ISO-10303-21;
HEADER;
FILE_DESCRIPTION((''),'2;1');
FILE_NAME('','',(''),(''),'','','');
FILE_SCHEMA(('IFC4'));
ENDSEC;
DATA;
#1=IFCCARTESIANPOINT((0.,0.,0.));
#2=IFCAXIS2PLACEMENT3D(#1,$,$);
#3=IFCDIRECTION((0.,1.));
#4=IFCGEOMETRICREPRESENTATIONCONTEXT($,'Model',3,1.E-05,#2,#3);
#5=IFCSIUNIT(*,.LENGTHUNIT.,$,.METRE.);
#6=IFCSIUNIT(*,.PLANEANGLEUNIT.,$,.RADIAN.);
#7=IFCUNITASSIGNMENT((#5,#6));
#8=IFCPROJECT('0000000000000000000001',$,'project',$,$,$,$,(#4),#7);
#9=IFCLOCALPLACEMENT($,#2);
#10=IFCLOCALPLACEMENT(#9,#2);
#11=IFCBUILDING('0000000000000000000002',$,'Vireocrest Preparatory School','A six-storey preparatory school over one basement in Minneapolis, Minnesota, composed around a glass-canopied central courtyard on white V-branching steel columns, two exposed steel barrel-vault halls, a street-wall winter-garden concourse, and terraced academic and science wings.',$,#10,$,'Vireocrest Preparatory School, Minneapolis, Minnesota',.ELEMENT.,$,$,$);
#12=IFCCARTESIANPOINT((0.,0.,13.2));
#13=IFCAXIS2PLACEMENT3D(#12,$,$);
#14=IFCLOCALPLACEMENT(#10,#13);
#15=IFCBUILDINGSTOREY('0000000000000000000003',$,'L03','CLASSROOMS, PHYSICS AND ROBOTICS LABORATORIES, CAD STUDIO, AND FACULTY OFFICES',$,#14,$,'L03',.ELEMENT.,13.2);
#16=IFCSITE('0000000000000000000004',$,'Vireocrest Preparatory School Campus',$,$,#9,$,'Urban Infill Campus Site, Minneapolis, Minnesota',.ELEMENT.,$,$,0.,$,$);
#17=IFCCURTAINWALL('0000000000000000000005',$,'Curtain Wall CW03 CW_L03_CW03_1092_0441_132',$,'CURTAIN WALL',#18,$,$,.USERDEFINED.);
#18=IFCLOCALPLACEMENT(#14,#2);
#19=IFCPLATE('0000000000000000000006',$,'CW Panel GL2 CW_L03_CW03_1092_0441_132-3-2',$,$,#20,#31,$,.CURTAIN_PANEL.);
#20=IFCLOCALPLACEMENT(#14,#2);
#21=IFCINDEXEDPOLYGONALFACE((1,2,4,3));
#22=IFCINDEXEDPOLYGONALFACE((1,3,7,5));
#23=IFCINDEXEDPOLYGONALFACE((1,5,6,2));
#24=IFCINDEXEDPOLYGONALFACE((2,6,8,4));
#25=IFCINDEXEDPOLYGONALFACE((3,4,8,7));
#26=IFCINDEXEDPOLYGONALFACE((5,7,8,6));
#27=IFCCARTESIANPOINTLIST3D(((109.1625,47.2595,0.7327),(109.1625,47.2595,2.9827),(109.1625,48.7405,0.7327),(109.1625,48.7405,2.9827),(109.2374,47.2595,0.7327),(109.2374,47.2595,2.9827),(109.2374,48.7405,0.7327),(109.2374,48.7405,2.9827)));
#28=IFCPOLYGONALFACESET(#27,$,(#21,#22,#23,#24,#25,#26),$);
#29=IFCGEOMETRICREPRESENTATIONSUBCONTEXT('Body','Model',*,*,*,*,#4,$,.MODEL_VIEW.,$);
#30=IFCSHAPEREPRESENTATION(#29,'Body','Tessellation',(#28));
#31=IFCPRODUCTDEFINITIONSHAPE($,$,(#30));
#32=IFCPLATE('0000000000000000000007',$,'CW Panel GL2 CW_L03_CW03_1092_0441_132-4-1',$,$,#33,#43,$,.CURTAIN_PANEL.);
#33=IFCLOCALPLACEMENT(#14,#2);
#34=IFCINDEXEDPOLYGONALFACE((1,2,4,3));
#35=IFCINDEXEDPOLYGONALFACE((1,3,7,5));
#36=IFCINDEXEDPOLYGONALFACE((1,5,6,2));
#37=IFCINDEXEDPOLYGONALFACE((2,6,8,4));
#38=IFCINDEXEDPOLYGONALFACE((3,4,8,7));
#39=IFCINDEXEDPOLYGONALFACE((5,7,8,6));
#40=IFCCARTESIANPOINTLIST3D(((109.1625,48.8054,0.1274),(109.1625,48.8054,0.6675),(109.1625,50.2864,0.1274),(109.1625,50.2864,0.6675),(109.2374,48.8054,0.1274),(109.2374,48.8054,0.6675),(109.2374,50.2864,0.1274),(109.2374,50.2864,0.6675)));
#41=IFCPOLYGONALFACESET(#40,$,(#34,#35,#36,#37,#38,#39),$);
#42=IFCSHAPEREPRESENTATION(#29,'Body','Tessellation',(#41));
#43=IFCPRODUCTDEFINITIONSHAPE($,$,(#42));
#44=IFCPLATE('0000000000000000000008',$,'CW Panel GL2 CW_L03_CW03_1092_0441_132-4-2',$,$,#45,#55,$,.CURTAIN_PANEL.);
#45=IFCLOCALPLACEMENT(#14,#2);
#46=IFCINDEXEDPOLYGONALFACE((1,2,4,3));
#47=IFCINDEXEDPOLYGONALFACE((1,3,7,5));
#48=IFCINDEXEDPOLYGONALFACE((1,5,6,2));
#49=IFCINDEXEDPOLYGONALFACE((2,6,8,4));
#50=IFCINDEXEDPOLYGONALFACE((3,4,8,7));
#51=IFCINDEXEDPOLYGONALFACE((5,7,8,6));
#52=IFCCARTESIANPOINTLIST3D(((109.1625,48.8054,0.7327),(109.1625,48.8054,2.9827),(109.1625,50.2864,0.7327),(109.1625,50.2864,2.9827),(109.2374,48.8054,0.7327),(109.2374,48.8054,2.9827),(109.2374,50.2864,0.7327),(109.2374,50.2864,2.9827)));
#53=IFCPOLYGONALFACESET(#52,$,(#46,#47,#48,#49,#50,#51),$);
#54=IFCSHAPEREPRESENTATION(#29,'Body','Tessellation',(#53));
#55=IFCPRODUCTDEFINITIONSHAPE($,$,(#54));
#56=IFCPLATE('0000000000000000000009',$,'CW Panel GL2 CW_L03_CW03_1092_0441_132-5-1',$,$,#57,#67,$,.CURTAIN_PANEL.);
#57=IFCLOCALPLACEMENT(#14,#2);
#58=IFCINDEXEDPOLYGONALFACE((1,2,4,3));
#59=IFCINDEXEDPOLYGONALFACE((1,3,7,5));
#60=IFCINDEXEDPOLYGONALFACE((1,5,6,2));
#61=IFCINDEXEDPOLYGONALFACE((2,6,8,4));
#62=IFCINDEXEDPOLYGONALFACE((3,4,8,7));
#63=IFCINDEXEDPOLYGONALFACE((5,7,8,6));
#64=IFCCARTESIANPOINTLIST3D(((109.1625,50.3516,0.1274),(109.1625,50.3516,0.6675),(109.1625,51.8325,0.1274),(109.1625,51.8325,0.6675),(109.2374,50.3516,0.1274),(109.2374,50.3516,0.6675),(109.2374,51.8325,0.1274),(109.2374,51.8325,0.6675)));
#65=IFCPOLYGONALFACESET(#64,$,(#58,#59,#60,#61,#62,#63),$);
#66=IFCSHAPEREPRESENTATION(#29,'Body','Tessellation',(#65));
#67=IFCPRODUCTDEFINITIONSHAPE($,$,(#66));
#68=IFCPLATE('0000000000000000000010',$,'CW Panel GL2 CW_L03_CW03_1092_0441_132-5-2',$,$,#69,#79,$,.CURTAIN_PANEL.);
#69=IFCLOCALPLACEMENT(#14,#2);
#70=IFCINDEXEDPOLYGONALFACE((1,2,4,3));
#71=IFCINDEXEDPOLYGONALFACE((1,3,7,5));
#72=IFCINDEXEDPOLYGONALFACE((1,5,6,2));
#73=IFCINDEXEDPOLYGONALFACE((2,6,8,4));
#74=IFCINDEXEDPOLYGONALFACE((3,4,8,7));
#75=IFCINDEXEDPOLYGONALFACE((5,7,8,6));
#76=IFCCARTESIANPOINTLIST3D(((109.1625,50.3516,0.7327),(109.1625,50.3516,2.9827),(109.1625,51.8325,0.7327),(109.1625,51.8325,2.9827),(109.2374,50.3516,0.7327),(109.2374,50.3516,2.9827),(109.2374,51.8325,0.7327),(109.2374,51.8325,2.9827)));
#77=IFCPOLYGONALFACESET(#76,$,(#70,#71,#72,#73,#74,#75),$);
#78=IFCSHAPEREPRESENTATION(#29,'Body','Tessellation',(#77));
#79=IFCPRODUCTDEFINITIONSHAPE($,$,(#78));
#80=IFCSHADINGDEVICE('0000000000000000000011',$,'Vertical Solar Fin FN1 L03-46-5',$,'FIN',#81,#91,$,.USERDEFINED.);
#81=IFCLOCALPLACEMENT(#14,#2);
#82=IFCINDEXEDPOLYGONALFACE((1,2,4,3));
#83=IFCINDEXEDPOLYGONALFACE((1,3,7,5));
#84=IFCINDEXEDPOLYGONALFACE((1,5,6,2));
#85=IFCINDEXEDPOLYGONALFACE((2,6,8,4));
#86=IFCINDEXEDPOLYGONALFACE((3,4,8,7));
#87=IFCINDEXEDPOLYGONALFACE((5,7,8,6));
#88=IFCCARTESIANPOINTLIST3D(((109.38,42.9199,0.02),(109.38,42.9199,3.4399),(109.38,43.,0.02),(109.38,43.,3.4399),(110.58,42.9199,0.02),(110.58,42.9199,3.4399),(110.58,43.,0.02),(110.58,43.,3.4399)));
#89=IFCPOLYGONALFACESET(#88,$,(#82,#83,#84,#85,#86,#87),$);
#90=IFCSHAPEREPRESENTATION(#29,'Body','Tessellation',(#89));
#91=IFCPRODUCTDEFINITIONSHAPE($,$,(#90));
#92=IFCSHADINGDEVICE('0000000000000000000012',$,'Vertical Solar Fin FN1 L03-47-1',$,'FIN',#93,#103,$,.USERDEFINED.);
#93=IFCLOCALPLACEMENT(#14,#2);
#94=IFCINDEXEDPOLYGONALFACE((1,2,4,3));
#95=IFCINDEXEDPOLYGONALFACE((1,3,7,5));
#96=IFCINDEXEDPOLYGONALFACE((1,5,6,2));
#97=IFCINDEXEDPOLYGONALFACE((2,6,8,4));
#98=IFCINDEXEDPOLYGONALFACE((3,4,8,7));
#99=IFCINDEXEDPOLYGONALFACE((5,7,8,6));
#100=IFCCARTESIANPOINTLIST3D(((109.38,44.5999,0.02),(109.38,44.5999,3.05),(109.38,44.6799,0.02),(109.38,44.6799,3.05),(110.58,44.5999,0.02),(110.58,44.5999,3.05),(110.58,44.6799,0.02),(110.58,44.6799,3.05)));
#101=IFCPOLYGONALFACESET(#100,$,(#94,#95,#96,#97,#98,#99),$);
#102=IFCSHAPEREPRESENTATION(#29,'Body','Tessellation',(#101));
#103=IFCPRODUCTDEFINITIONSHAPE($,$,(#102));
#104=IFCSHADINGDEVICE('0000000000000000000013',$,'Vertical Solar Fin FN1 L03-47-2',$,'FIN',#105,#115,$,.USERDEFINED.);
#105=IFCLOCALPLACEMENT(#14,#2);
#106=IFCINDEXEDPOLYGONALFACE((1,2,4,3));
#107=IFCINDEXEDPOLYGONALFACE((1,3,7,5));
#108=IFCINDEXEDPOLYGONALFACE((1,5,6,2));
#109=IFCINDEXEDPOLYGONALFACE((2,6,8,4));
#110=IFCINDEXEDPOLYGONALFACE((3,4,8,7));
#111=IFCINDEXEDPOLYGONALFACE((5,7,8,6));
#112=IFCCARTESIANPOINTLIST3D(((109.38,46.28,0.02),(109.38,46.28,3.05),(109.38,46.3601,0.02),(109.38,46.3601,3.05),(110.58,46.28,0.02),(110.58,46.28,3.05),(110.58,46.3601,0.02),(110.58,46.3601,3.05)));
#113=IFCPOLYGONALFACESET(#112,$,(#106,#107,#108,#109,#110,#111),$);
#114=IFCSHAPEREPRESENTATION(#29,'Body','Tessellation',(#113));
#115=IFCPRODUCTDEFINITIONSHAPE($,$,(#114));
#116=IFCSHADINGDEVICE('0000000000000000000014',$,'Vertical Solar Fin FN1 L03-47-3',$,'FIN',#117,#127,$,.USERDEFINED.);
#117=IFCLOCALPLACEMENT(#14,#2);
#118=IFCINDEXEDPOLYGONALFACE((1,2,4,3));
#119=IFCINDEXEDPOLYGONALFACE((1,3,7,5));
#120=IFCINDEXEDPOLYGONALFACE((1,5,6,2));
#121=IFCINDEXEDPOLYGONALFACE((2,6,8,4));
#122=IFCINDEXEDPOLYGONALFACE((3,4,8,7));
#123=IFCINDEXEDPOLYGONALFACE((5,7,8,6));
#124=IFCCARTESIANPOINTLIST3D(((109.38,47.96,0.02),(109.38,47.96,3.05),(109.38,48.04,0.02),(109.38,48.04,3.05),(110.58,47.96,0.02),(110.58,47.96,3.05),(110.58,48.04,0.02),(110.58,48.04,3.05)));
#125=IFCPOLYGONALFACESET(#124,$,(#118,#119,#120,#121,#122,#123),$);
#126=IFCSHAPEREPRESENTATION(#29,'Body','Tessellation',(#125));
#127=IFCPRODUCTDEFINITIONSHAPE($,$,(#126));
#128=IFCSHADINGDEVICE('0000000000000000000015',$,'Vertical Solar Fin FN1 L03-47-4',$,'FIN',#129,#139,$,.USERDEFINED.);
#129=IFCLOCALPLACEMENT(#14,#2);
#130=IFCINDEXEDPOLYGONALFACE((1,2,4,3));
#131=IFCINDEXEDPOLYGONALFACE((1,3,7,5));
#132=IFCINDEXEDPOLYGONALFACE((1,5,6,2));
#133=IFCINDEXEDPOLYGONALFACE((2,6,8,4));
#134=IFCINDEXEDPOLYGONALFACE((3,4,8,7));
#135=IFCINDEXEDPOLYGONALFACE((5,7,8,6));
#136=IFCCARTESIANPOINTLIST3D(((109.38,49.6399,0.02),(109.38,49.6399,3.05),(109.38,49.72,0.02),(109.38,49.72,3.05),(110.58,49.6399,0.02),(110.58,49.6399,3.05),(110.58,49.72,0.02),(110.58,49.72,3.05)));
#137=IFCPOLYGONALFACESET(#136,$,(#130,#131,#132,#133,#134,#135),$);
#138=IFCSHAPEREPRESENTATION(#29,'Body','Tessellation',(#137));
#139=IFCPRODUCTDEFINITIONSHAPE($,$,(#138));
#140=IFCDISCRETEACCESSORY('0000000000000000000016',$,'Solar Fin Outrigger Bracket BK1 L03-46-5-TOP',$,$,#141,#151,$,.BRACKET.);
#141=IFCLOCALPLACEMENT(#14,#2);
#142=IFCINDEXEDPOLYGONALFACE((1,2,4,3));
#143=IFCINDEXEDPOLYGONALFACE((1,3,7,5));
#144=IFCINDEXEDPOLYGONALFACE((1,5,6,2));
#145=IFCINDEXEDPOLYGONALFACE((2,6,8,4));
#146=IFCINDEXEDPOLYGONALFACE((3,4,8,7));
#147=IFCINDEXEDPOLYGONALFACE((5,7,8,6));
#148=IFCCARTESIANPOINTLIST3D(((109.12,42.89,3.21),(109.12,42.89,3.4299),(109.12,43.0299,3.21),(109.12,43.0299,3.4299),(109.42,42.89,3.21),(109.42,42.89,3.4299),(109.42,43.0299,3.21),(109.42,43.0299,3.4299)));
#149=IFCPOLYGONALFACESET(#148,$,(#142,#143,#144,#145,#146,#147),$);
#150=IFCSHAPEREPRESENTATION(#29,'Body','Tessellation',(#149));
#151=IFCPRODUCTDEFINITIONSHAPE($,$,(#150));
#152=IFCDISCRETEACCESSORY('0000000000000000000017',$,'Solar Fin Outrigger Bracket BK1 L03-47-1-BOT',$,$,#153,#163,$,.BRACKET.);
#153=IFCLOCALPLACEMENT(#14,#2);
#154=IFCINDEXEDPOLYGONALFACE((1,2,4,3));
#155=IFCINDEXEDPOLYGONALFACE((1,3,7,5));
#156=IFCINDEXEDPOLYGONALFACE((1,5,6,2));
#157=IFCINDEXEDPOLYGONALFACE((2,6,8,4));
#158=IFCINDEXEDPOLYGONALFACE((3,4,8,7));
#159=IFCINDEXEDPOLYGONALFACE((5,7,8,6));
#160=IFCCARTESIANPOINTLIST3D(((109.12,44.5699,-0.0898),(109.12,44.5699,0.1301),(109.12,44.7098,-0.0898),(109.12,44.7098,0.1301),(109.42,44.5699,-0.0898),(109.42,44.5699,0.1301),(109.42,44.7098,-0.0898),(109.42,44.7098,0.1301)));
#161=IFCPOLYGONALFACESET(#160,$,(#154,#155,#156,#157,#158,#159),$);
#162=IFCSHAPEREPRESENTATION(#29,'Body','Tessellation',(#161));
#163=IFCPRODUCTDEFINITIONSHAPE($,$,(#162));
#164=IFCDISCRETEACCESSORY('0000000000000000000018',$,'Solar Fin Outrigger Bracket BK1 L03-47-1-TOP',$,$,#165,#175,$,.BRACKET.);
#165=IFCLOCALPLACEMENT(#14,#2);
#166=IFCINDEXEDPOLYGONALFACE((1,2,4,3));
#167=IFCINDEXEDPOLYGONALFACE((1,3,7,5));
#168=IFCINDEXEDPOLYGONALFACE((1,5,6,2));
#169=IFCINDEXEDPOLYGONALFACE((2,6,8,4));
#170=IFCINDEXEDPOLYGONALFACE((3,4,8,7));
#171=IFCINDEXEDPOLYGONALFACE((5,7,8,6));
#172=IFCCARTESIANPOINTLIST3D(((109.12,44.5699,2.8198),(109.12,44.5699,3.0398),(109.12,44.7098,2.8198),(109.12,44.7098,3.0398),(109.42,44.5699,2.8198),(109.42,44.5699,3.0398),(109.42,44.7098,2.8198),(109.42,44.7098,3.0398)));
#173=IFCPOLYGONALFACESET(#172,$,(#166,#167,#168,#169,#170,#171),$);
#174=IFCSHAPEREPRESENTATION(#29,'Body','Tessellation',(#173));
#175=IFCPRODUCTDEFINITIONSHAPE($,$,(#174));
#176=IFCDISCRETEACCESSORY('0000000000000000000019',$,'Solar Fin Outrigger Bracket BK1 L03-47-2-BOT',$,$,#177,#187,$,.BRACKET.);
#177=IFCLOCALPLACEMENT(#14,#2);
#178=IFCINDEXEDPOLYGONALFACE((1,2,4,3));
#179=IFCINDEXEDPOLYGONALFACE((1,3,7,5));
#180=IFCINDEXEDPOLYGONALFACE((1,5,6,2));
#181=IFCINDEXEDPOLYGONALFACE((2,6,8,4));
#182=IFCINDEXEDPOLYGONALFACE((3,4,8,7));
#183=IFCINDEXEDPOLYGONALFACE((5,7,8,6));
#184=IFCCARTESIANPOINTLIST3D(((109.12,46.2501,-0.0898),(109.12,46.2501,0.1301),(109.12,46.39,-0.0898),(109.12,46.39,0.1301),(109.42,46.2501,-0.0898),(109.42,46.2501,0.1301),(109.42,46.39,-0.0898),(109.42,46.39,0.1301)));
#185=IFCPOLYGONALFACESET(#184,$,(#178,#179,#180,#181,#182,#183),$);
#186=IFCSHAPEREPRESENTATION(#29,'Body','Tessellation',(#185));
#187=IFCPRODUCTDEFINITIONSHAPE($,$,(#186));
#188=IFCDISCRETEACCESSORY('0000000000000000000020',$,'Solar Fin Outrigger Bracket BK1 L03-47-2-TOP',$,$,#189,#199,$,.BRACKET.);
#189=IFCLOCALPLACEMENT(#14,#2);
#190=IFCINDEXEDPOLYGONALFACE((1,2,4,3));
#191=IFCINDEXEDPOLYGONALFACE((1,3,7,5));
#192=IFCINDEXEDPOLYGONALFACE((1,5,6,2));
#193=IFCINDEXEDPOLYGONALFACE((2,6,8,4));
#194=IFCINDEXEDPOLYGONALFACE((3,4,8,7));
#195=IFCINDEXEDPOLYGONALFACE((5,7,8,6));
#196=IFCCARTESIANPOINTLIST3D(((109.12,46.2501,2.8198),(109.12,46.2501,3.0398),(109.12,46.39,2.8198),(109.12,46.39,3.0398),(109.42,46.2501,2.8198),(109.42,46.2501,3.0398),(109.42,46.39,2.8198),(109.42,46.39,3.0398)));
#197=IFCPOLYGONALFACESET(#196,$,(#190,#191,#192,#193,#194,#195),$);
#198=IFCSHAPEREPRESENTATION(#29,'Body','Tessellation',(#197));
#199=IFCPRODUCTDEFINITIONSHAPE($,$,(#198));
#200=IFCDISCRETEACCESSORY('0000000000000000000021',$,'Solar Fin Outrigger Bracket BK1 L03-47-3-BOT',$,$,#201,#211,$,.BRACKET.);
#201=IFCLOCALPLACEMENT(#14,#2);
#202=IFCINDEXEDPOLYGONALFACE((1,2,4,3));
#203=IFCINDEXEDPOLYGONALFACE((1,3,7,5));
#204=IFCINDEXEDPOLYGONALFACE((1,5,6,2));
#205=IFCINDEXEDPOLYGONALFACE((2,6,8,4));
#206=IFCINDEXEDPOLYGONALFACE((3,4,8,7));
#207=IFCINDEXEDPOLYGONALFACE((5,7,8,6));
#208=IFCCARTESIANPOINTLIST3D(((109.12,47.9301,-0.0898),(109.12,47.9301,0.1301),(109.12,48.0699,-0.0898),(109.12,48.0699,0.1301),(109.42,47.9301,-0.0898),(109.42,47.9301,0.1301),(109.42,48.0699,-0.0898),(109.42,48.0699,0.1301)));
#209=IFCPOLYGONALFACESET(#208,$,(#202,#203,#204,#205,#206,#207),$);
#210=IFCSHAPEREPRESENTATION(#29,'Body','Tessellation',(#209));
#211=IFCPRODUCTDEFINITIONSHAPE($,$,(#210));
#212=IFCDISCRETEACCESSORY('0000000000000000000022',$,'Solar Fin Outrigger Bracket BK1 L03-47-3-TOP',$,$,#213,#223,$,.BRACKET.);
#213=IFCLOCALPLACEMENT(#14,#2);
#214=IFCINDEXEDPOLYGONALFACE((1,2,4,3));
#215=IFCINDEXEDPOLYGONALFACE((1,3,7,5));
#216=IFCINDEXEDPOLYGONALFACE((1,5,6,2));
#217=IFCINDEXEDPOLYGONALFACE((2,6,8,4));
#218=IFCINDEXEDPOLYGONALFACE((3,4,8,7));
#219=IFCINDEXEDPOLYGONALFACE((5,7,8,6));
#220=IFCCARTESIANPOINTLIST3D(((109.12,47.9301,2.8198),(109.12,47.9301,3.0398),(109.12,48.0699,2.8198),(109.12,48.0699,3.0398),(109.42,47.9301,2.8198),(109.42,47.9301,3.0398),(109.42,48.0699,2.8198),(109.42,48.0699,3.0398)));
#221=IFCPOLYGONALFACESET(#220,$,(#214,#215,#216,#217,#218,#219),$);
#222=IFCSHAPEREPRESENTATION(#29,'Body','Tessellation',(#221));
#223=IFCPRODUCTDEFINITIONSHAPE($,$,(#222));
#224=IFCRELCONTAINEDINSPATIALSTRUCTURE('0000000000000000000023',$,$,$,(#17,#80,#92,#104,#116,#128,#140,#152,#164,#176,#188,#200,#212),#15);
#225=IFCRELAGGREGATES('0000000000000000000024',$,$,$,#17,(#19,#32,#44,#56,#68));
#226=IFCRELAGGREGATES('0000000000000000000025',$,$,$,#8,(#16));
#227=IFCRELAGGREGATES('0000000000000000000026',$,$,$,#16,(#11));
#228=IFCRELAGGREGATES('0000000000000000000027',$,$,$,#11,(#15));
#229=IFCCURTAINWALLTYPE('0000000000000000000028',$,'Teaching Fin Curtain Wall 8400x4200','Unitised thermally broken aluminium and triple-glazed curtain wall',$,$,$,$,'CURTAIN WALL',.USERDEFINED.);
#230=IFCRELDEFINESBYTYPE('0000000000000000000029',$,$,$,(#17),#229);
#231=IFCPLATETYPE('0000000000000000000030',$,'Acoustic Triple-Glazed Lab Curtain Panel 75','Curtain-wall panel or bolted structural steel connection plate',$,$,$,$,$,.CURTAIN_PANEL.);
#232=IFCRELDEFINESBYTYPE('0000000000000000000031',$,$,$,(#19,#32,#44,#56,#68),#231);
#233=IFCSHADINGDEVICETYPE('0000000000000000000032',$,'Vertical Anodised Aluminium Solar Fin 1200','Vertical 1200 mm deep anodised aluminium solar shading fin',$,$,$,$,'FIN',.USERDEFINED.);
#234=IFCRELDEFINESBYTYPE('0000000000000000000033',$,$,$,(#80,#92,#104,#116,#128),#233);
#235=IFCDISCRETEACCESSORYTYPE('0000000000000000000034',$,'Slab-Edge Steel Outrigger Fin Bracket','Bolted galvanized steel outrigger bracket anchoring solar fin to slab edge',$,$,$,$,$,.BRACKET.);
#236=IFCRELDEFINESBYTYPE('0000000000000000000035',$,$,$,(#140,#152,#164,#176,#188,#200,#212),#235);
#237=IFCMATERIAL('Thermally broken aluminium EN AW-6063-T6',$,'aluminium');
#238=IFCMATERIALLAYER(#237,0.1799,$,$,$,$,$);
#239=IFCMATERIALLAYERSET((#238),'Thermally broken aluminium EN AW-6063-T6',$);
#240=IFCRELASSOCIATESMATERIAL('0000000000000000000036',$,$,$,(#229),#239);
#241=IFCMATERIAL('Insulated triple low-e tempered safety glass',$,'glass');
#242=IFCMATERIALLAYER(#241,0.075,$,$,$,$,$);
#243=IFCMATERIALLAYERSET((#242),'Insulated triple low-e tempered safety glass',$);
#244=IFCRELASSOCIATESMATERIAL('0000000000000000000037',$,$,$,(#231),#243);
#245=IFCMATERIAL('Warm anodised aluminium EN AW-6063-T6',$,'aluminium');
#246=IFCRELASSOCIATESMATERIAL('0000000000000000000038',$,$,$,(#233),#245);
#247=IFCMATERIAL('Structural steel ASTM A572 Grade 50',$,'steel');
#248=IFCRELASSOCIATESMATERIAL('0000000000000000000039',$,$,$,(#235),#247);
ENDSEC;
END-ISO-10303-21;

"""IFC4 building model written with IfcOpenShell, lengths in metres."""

from ifc_helpers import new_model, si_unit, direction, frame, origin, origin_2d, place, context, subcontext, project, spatial, rectangle, extrude, material, layer, layer_set, material_profile, profile_set, type_object, element, aggregate, save


model = new_model("IFC4")

# Units and contexts
model_context = context("Model", 3, precision=1e-05, world=origin(), true_north=direction((0.0, 1.0)))
body_context = subcontext(model_context, "Body", "Model", "MODEL_VIEW")
ifc_project = project(units=[si_unit("LENGTHUNIT", "METRE"), si_unit("PLANEANGLEUNIT", "RADIAN")], contexts=[model_context])

# Site, building, storey
site_placement = place(None, origin())
site = spatial("IfcSite", under=ifc_project, at=site_placement, Name="Vireocrest Preparatory School Campus", LongName="Urban Infill Campus Site, Minneapolis, Minnesota", CompositionType="ELEMENT", RefElevation=0.0)
building_placement = place(site_placement, origin())
building = spatial("IfcBuilding", under=site, at=building_placement, Name="Vireocrest Preparatory School", Description="A six-storey preparatory school over one basement in Minneapolis, Minnesota, composed around a glass-canopied central courtyard on white V-branching steel columns, two exposed steel barrel-vault halls, a street-wall winter-garden concourse, and terraced academic and science wings.", LongName="Vireocrest Preparatory School, Minneapolis, Minnesota", CompositionType="ELEMENT")
storey_placement = place(building_placement, frame((0.0, 0.0, 13.2)))
storey = spatial("IfcBuildingStorey", under=building, at=storey_placement, Name="L03", Description="CLASSROOMS, PHYSICS AND ROBOTICS LABORATORIES, CAD STUDIO, AND FACULTY OFFICES", LongName="L03", CompositionType="ELEMENT", Elevation=13.2)

# Curtain wall, plates
ifc_material_1 = material(Name="Thermally broken aluminium EN AW-6063-T6", Category="aluminium")
ifc_layer_1 = layer(ifc_material_1, 0.1799)
ifc_layer_set_1 = layer_set([ifc_layer_1], Name="Thermally broken aluminium EN AW-6063-T6")
curtain_wall_type = type_object("IfcCurtainWallType", Name="Teaching Fin Curtain Wall 8400x4200", Description="Unitised thermally broken aluminium and triple-glazed curtain wall", ElementType="CURTAIN WALL", PredefinedType="USERDEFINED", material=ifc_layer_set_1)
curtain_wall_placement = place(storey_placement, origin())
curtain_wall = element("IfcCurtainWall", 1, at=curtain_wall_placement, inside=storey, type_object=curtain_wall_type, Name="Curtain Wall CW03 CW_L03_CW03_1092_0441_132", ObjectType="CURTAIN WALL", PredefinedType="USERDEFINED")
ifc_material_2 = material(Name="Insulated triple low-e tempered safety glass", Category="glass")
ifc_layer_2 = layer(ifc_material_2, 0.075)
ifc_layer_set_2 = layer_set([ifc_layer_2], Name="Insulated triple low-e tempered safety glass")
plate_type = type_object("IfcPlateType", Name="Acoustic Triple-Glazed Lab Curtain Panel 75", Description="Curtain-wall panel or bolted structural steel connection plate", PredefinedType="CURTAIN_PANEL", material=ifc_layer_set_2)
plate_1_placement = place(storey_placement, frame((109.2, 48.0, 0.7327), z_axis=(0.0, 0.0, 1.0), x_axis=(0.0, 1.0, 0.0)))
plate_1 = element("IfcPlate", 2, at=plate_1_placement, type_object=plate_type, Name="CW Panel GL2 CW_L03_CW03_1092_0441_132-3-2", PredefinedType="CURTAIN_PANEL", context=body_context, shape_type="SweptSolid", body=[
    extrude(rectangle(XDim=1.481, YDim=0.075, at=origin_2d()), origin(), (0.0, 0.0, 1.0), 2.25),
])
plate_2_placement = place(storey_placement, frame((109.2, 49.5459, 0.1274), z_axis=(0.0, 0.0, 1.0), x_axis=(0.0, 1.0, 0.0)))
plate_2 = element("IfcPlate", 3, at=plate_2_placement, type_object=plate_type, Name="CW Panel GL2 CW_L03_CW03_1092_0441_132-4-1", PredefinedType="CURTAIN_PANEL", context=body_context, shape_type="SweptSolid", body=[
    extrude(rectangle(XDim=1.481, YDim=0.075, at=origin_2d()), origin(), (0.0, 0.0, 1.0), 0.54),
])
plate_3_placement = place(storey_placement, frame((109.2, 49.5459, 0.7327), z_axis=(0.0, 0.0, 1.0), x_axis=(0.0, 1.0, 0.0)))
plate_3 = element("IfcPlate", 4, at=plate_3_placement, type_object=plate_type, Name="CW Panel GL2 CW_L03_CW03_1092_0441_132-4-2", PredefinedType="CURTAIN_PANEL", context=body_context, shape_type="SweptSolid", body=[
    extrude(rectangle(XDim=1.481, YDim=0.075, at=origin_2d()), origin(), (0.0, 0.0, 1.0), 2.25),
])
plate_4_placement = place(storey_placement, frame((109.2, 51.092, 0.1274), z_axis=(0.0, 0.0, 1.0), x_axis=(0.0, 1.0, 0.0)))
plate_4 = element("IfcPlate", 5, at=plate_4_placement, type_object=plate_type, Name="CW Panel GL2 CW_L03_CW03_1092_0441_132-5-1", PredefinedType="CURTAIN_PANEL", context=body_context, shape_type="SweptSolid", body=[
    extrude(rectangle(XDim=1.481, YDim=0.075, at=origin_2d()), origin(), (0.0, 0.0, 1.0), 0.54),
])
plate_5_placement = place(storey_placement, frame((109.2, 51.092, 0.7327), z_axis=(0.0, 0.0, 1.0), x_axis=(0.0, 1.0, 0.0)))
plate_5 = element("IfcPlate", 6, at=plate_5_placement, type_object=plate_type, Name="CW Panel GL2 CW_L03_CW03_1092_0441_132-5-2", PredefinedType="CURTAIN_PANEL", context=body_context, shape_type="SweptSolid", body=[
    extrude(rectangle(XDim=1.481, YDim=0.075, at=origin_2d()), origin(), (0.0, 0.0, 1.0), 2.25),
])
aggregate(curtain_wall, [plate_1, plate_2, plate_3, plate_4, plate_5])

# Shading devices
ifc_material_3 = material(Name="Warm anodised aluminium EN AW-6063-T6", Category="aluminium")
ifc_material_profile_1 = material_profile(ifc_material_3, rectangle(XDim=0.0801, YDim=1.2, at=origin_2d()), Name="FIN 80x1200")
ifc_profile_set_1 = profile_set([ifc_material_profile_1], Name="Warm anodised aluminium EN AW-6063-T6")
shading_device_type = type_object("IfcShadingDeviceType", Name="Vertical Anodised Aluminium Solar Fin 1200", Description="Vertical 1200 mm deep anodised aluminium solar shading fin", ElementType="FIN", PredefinedType="USERDEFINED", material=ifc_profile_set_1)
shading_device_placement = place(storey_placement, frame((109.98, 42.96, 0.02), z_axis=(0.0, 0.0, 1.0), x_axis=(0.0, -1.0, 0.0)))
element("IfcShadingDevice", 7, at=shading_device_placement, inside=storey, type_object=shading_device_type, Name="Vertical Solar Fin FN1 L03-46-5", ObjectType="FIN", PredefinedType="USERDEFINED", context=body_context, shape_type="SweptSolid", body=[
    extrude(rectangle(XDim=0.0801, YDim=1.2, at=origin_2d()), origin(), (0.0, 0.0, 1.0), 3.4199),
])
for number, where, z_axis, x_axis, name in (
    (8, (109.98, 44.6399, 0.02), (0.0, 0.0, 1.0), (0.0, -1.0, 0.0), "Vertical Solar Fin FN1 L03-47-1"),
    (9, (109.98, 46.3201, 0.02), (0.0, 0.0, 1.0), (0.0, -1.0, 0.0), "Vertical Solar Fin FN1 L03-47-2"),
    (10, (109.98, 48.0, 0.02), (0.0, 0.0, 1.0), (0.0, -1.0, 0.0), "Vertical Solar Fin FN1 L03-47-3"),
    (11, (109.98, 49.6799, 0.02), (0.0, 0.0, 1.0), (0.0, -1.0, 0.0), "Vertical Solar Fin FN1 L03-47-4"),
):
    element("IfcShadingDevice", number, at=place(storey_placement, frame(where, z_axis=z_axis, x_axis=x_axis)), inside=storey, type_object=shading_device_type, Name=name, ObjectType="FIN", PredefinedType="USERDEFINED", context=body_context, shape_type="SweptSolid", body=[
        extrude(rectangle(XDim=0.0801, YDim=1.2, at=origin_2d()), origin(), (0.0, 0.0, 1.0), 3.03),
    ])

# Discrete accessories
ifc_material_4 = material(Name="Structural steel ASTM A572 Grade 50", Category="steel")
discrete_accessory_type = type_object("IfcDiscreteAccessoryType", Name="Slab-Edge Steel Outrigger Fin Bracket", Description="Bolted galvanized steel outrigger bracket anchoring solar fin to slab edge", PredefinedType="BRACKET", material=ifc_material_4)
for number, where, z_axis, x_axis, name in (
    (12, (109.27, 42.96, 3.21), (0.0, 0.0, 1.0), (0.0, -1.0, 0.0), "Solar Fin Outrigger Bracket BK1 L03-46-5-TOP"),
    (13, (109.27, 44.6399, -0.0898), (0.0, 0.0, 1.0), (0.0, -1.0, 0.0), "Solar Fin Outrigger Bracket BK1 L03-47-1-BOT"),
    (14, (109.27, 44.6399, 2.8198), (0.0, 0.0, 1.0), (0.0, -1.0, 0.0), "Solar Fin Outrigger Bracket BK1 L03-47-1-TOP"),
    (15, (109.27, 46.3201, -0.0898), (0.0, 0.0, 1.0), (0.0, -1.0, 0.0), "Solar Fin Outrigger Bracket BK1 L03-47-2-BOT"),
    (16, (109.27, 46.3201, 2.8198), (0.0, 0.0, 1.0), (0.0, -1.0, 0.0), "Solar Fin Outrigger Bracket BK1 L03-47-2-TOP"),
    (17, (109.27, 48.0, -0.0898), (0.0, 0.0, 1.0), (0.0, -1.0, 0.0), "Solar Fin Outrigger Bracket BK1 L03-47-3-BOT"),
    (18, (109.27, 48.0, 2.8198), (0.0, 0.0, 1.0), (0.0, -1.0, 0.0), "Solar Fin Outrigger Bracket BK1 L03-47-3-TOP"),
):
    element("IfcDiscreteAccessory", number, at=place(storey_placement, frame(where, z_axis=z_axis, x_axis=x_axis)), inside=storey, type_object=discrete_accessory_type, Name=name, PredefinedType="BRACKET", context=body_context, shape_type="SweptSolid", body=[
        extrude(rectangle(XDim=0.1399, YDim=0.3, at=origin_2d()), origin(), (0.0, 0.0, 1.0), 0.22),
    ])

save(model, "model.ifc")
